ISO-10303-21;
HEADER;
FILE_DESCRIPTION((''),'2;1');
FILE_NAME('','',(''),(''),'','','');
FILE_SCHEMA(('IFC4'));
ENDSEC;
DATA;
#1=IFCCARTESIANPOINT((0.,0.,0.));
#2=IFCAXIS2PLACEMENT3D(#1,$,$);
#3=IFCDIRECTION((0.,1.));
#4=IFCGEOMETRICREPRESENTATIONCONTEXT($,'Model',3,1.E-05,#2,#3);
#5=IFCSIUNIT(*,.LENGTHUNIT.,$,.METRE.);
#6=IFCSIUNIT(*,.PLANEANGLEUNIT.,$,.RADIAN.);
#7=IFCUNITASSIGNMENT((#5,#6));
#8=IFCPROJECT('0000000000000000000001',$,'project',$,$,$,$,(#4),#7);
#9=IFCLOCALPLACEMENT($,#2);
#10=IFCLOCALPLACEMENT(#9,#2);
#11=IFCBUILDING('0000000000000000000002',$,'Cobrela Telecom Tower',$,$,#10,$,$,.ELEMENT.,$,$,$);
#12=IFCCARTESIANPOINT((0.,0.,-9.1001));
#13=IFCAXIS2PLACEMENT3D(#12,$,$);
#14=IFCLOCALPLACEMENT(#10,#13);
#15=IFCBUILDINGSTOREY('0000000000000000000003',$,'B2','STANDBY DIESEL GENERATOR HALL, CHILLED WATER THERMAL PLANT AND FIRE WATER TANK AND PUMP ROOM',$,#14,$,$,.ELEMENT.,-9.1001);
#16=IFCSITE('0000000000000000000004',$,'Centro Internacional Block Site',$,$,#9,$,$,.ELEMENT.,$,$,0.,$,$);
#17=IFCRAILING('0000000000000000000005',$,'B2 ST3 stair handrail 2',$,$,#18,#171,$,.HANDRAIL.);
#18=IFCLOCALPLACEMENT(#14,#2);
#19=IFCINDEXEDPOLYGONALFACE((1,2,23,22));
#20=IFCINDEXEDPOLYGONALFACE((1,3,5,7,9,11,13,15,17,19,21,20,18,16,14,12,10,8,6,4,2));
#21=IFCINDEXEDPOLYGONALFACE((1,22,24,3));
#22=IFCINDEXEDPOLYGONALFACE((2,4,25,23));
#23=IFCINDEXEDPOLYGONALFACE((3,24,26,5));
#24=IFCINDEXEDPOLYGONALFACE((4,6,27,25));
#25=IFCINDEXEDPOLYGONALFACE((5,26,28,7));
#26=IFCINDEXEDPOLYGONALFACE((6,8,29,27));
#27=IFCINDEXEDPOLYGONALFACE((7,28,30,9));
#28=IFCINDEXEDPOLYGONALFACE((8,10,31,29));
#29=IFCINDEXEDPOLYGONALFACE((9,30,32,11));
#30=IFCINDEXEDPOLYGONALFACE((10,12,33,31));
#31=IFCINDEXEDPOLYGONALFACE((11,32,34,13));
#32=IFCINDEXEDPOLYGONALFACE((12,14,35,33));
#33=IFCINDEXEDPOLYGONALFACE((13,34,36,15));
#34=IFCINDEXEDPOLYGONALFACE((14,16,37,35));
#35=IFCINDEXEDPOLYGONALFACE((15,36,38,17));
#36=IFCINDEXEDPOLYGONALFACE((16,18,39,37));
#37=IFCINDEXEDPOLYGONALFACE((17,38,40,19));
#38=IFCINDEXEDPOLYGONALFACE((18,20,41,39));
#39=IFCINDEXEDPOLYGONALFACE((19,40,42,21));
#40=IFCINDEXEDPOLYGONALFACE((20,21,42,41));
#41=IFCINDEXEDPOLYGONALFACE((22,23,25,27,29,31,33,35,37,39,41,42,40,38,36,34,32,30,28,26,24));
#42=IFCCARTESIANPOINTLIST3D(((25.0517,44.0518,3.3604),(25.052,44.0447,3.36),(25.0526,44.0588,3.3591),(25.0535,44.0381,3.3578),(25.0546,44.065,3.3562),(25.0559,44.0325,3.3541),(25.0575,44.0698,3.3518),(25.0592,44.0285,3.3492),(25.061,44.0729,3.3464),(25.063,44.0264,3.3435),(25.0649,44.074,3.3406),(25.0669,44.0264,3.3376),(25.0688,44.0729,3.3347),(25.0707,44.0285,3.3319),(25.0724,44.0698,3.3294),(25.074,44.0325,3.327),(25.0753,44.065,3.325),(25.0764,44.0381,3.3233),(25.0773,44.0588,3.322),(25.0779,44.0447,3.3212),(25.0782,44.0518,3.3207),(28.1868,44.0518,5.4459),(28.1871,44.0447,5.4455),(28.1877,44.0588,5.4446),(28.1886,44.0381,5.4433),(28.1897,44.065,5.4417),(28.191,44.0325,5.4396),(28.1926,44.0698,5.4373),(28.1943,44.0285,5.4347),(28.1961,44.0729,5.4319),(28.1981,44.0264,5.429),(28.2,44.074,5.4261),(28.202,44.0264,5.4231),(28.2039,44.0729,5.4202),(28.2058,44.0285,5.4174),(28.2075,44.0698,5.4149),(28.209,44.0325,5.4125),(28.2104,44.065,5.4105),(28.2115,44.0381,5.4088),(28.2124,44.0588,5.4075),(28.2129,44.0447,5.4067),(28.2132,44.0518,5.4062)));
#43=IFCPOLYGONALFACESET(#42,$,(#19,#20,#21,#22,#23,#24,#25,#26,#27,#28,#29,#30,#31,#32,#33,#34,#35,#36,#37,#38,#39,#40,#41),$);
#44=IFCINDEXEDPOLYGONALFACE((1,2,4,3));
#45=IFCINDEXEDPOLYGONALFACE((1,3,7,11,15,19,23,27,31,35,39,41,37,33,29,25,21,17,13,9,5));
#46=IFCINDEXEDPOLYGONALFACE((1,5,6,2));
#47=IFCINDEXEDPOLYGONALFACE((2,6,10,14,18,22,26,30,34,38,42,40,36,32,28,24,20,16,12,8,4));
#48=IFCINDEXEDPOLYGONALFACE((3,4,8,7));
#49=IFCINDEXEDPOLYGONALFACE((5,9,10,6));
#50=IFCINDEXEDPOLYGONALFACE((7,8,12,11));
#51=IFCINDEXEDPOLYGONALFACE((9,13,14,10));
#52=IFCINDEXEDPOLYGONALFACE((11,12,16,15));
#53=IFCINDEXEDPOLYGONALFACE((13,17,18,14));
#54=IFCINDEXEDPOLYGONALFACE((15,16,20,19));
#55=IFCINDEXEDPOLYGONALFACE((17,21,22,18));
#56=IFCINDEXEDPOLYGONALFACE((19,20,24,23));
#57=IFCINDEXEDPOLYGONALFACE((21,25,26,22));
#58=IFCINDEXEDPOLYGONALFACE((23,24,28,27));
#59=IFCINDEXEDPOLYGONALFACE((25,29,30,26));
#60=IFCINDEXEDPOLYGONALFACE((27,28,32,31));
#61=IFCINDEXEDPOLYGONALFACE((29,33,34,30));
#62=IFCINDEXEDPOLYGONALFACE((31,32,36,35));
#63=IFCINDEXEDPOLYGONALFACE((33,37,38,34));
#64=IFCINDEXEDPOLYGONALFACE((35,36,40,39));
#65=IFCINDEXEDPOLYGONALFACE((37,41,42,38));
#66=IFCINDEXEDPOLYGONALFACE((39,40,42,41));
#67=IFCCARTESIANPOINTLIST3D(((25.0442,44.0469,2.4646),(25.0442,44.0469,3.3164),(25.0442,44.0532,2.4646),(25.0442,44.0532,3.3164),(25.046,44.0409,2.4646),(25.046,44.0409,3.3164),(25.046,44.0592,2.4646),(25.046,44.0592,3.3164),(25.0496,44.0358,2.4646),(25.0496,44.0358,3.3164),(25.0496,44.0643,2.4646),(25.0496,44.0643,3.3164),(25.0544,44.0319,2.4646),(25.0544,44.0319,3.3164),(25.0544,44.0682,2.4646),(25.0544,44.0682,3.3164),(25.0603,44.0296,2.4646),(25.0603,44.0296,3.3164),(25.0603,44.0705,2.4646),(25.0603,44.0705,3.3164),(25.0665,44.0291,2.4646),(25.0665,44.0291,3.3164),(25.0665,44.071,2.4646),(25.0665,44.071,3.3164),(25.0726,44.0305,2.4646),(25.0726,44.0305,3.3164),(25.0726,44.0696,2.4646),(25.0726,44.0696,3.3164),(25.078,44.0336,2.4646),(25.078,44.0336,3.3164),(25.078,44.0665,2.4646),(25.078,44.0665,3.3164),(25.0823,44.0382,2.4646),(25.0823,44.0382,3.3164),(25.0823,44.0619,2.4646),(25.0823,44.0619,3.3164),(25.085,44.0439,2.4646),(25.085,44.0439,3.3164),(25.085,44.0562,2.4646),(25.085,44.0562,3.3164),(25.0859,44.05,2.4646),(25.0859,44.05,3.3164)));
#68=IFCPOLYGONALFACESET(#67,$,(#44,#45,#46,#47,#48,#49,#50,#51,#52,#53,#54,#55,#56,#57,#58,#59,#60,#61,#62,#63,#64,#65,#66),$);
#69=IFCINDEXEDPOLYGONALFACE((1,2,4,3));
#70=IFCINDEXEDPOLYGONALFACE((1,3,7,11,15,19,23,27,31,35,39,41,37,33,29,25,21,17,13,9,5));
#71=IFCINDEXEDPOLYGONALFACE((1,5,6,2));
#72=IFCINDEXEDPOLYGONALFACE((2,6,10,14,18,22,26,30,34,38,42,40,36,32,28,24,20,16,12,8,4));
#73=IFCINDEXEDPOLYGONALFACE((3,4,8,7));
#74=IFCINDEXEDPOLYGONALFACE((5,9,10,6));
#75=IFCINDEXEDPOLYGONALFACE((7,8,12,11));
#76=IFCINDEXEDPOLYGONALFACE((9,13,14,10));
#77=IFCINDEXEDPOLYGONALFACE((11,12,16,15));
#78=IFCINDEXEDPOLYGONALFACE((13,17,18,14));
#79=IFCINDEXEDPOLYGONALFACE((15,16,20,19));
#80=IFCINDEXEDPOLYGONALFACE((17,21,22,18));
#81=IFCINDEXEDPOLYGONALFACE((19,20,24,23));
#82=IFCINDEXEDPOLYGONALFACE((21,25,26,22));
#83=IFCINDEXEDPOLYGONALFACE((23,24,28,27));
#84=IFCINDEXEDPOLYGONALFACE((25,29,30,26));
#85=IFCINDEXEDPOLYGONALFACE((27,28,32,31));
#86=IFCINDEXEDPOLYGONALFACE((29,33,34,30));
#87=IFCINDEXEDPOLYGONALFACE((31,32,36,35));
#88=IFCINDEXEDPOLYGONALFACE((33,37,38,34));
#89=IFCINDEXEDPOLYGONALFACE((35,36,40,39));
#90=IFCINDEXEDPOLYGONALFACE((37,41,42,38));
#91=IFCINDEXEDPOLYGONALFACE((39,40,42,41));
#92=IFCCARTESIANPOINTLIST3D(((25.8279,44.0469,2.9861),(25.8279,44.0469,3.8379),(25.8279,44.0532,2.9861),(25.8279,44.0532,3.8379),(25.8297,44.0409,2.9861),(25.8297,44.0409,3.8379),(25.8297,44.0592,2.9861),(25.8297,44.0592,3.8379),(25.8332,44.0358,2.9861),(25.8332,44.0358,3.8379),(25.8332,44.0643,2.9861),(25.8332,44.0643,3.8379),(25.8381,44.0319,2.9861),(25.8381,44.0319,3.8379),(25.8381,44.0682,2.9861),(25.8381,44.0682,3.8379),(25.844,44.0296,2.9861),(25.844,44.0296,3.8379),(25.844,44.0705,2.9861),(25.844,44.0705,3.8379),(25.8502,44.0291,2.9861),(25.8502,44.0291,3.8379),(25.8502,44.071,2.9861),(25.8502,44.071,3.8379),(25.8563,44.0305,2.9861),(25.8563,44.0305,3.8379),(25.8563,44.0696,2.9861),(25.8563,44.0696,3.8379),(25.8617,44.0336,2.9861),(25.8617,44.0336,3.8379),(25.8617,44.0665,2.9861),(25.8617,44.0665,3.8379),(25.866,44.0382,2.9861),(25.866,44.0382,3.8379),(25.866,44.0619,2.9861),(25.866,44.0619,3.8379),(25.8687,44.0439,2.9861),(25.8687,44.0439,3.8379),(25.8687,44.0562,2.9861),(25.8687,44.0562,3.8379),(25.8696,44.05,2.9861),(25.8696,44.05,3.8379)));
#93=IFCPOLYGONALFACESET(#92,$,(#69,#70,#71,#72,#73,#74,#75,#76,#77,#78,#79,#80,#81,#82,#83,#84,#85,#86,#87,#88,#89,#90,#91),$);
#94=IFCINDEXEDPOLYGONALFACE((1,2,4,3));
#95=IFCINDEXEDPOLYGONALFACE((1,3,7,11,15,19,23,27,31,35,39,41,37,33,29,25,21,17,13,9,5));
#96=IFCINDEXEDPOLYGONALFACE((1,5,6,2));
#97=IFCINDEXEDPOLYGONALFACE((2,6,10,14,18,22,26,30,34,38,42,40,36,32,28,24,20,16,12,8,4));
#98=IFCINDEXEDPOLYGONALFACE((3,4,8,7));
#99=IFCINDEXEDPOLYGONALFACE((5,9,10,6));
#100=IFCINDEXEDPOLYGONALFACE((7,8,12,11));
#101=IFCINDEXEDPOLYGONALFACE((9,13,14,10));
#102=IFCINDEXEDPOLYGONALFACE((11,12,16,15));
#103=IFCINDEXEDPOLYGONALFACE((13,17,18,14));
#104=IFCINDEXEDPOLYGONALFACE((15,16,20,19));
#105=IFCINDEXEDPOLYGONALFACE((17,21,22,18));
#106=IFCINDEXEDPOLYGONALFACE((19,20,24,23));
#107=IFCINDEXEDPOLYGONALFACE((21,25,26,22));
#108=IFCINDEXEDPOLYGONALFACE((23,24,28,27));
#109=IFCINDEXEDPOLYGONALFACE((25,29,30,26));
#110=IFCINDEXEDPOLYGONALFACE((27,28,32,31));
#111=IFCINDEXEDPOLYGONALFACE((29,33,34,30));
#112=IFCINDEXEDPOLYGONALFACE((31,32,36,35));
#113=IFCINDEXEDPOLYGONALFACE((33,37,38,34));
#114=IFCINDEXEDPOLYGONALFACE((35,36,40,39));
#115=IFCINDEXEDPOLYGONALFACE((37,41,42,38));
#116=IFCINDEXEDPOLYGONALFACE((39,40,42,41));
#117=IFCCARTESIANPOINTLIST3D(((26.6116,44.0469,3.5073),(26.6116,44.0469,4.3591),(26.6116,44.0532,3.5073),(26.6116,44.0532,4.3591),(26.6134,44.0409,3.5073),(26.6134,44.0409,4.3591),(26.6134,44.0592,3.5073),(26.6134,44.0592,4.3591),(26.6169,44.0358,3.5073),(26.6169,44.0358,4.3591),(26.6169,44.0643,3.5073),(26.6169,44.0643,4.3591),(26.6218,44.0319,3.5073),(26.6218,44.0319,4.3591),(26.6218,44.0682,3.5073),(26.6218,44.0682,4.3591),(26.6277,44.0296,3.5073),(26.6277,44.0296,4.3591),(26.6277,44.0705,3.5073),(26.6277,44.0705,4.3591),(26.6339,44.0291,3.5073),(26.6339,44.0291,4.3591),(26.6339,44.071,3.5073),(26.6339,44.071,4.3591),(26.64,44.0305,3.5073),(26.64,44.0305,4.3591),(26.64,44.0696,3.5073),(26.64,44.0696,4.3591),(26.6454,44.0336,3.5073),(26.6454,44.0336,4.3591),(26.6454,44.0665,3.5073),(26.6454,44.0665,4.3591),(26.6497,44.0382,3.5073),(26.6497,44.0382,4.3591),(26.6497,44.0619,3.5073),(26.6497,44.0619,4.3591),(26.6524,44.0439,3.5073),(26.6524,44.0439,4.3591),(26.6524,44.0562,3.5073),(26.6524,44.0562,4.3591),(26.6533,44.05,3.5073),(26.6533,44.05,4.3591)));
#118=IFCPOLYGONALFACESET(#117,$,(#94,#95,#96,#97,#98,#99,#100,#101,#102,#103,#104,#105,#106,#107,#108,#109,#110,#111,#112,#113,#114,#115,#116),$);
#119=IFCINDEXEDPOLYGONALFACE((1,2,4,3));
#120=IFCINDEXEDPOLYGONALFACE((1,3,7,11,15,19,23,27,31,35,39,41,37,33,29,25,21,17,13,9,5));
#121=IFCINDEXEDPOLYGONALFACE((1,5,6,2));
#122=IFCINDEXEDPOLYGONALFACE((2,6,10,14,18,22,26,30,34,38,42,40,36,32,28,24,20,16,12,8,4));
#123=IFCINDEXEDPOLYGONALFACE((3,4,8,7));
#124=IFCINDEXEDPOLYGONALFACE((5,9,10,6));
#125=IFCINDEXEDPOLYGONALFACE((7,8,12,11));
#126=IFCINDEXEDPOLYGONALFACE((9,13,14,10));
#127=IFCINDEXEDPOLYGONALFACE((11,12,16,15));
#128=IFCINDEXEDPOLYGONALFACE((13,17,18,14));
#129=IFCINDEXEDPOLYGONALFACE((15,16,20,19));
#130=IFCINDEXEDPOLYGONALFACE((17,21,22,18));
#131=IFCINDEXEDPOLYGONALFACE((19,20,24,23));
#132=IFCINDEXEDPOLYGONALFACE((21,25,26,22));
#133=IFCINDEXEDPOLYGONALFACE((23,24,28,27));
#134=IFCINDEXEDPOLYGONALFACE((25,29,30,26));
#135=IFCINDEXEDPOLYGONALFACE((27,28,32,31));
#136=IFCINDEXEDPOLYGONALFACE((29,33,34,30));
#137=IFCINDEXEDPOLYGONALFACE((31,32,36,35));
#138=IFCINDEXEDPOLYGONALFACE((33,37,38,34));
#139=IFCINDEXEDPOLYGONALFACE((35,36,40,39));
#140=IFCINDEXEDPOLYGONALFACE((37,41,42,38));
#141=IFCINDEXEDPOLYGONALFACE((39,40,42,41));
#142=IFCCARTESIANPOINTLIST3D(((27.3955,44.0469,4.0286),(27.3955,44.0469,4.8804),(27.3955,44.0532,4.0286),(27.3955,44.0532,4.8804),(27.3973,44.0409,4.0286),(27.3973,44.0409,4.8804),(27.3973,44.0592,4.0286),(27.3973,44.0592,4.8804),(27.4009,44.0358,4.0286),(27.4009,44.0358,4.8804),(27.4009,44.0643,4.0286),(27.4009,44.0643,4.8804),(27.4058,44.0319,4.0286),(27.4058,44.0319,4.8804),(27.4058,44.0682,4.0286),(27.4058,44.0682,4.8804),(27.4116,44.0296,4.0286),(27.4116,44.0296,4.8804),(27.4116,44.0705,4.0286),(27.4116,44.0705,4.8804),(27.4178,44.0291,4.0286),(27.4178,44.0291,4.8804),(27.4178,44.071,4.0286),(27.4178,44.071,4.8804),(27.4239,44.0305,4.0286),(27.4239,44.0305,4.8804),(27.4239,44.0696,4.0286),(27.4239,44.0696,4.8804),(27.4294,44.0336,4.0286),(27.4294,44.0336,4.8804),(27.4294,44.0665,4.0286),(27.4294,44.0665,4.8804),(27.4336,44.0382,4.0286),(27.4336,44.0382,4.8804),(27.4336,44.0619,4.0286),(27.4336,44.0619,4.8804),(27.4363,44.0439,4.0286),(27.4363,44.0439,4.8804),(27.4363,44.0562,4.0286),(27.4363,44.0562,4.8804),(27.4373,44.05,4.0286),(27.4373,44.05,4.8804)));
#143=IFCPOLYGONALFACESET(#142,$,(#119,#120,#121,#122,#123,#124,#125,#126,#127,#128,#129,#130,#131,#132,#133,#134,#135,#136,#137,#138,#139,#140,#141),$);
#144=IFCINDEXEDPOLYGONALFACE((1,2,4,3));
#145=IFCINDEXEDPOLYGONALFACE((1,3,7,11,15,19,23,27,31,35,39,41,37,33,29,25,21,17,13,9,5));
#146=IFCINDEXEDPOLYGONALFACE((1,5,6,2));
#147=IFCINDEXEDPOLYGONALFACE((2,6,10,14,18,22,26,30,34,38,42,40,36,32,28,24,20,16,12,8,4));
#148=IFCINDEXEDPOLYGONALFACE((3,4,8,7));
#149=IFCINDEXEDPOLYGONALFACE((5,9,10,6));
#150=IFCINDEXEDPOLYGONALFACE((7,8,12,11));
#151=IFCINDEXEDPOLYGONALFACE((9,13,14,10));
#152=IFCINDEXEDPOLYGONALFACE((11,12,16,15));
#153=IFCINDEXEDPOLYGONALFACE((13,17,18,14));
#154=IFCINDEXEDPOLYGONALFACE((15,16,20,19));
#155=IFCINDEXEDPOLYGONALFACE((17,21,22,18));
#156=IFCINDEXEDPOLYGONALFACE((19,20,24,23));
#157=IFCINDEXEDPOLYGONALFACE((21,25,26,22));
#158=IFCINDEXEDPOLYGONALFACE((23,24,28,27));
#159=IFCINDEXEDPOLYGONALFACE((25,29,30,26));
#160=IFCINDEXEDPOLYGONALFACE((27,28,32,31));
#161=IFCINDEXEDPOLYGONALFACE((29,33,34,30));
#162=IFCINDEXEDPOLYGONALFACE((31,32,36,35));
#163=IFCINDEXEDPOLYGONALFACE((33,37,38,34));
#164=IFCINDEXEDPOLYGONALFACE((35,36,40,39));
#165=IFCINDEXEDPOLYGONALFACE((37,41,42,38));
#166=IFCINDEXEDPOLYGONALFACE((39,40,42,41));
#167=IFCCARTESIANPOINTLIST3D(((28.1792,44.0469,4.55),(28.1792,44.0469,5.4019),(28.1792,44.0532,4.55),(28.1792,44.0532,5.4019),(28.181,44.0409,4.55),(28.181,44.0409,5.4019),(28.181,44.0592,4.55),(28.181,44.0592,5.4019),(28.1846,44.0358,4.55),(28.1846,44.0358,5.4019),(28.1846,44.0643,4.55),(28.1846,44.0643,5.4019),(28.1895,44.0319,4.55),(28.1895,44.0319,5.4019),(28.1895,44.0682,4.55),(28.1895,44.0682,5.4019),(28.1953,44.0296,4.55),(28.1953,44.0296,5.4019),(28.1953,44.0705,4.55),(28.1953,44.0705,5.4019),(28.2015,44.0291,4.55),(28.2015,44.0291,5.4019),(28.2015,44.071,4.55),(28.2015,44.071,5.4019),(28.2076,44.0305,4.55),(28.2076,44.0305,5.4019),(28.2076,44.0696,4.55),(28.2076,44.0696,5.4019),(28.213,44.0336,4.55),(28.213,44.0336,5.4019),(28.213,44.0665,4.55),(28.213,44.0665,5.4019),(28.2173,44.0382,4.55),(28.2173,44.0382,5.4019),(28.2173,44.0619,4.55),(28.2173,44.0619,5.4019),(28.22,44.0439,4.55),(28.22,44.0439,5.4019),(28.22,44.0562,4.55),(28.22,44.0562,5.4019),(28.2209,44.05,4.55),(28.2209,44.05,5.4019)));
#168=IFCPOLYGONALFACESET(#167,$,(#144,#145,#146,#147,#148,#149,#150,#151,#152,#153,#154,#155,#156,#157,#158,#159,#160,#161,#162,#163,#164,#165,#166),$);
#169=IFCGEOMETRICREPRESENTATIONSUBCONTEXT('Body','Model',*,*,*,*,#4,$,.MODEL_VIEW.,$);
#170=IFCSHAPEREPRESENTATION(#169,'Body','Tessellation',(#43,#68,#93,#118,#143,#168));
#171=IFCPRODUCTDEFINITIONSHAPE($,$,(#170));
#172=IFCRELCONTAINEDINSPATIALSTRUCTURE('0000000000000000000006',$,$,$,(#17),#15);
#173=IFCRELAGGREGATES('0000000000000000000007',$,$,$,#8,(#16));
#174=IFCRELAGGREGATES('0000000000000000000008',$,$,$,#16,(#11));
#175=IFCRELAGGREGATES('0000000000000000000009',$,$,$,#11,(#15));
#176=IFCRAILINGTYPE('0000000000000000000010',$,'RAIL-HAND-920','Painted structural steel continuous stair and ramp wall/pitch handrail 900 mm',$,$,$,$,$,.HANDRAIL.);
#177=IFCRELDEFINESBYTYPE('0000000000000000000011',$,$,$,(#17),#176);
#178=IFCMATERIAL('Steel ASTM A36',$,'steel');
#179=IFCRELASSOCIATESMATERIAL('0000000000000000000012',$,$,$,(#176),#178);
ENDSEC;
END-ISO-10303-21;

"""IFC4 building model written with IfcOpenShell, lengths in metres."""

from ifc_helpers import new_model, si_unit, direction, frame, origin, origin_2d, place, context, subcontext, project, spatial, circle, extrude, material, type_object, element, save


model = new_model("IFC4")

# Units and contexts
model_context = context("Model", 3, precision=1e-05, world=origin(), true_north=direction((0.0, 1.0)))
body_context = subcontext(model_context, "Body", "Model", "MODEL_VIEW")
ifc_project = project(units=[si_unit("LENGTHUNIT", "METRE"), si_unit("PLANEANGLEUNIT", "RADIAN")], contexts=[model_context])

# Site, building, storey
site_placement = place(None, origin())
site = spatial("IfcSite", under=ifc_project, at=site_placement, Name="Centro Internacional Block Site", CompositionType="ELEMENT", RefElevation=0.0)
building_placement = place(site_placement, origin())
building = spatial("IfcBuilding", under=site, at=building_placement, Name="Cobrela Telecom Tower", CompositionType="ELEMENT")
storey_placement = place(building_placement, frame((0.0, 0.0, -9.1001)))
storey = spatial("IfcBuildingStorey", under=building, at=storey_placement, Name="B2", Description="STANDBY DIESEL GENERATOR HALL, CHILLED WATER THERMAL PLANT AND FIRE WATER TANK AND PUMP ROOM", CompositionType="ELEMENT", Elevation=-9.1001)

# Shared definitions
ifc_material_1 = material(Name="Steel ASTM A36", Category="steel")

# Railing
railing_type_1 = type_object("IfcRailingType", Name="RAIL-HAND-920", Description="Painted structural steel continuous stair and ramp wall/pitch handrail 900 mm", PredefinedType="HANDRAIL", material=ifc_material_1)
railing_1_placement = place(storey_placement, frame((25.0649, 44.05, 2.4646)))
element("IfcRailing", 1, at=railing_1_placement, inside=storey, type_object=railing_type_1, Name="B2 ST3 stair handrail 2", PredefinedType="HANDRAIL", context=body_context, shape_type="SweptSolid", body=[
    extrude(circle(Radius=0.0239, at=origin_2d()), frame((0.0, 0.0, 0.876), z_axis=(0.832608, 0.0, 0.553862), x_axis=(0.0, 1.0, 0.0)), (0.0, 0.0, 1.0), 3.7654),
    extrude(circle(Radius=0.021, at=origin_2d()), origin(), (0.0, 0.0, 1.0), 0.8518),
    extrude(circle(Radius=0.021, at=origin_2d()), frame((0.7837, 0.0, 0.5215)), (0.0, 0.0, 1.0), 0.8518),
    extrude(circle(Radius=0.021, at=origin_2d()), frame((1.5674, 0.0, 1.0427)), (0.0, 0.0, 1.0), 0.8518),
    extrude(circle(Radius=0.021, at=origin_2d()), frame((2.3513, 0.0, 1.564)), (0.0, 0.0, 1.0), 0.8518),
    extrude(circle(Radius=0.021, at=origin_2d()), frame((3.135, 0.0, 2.0854)), (0.0, 0.0, 1.0), 0.8518),
])

save(model, "model.ifc")
